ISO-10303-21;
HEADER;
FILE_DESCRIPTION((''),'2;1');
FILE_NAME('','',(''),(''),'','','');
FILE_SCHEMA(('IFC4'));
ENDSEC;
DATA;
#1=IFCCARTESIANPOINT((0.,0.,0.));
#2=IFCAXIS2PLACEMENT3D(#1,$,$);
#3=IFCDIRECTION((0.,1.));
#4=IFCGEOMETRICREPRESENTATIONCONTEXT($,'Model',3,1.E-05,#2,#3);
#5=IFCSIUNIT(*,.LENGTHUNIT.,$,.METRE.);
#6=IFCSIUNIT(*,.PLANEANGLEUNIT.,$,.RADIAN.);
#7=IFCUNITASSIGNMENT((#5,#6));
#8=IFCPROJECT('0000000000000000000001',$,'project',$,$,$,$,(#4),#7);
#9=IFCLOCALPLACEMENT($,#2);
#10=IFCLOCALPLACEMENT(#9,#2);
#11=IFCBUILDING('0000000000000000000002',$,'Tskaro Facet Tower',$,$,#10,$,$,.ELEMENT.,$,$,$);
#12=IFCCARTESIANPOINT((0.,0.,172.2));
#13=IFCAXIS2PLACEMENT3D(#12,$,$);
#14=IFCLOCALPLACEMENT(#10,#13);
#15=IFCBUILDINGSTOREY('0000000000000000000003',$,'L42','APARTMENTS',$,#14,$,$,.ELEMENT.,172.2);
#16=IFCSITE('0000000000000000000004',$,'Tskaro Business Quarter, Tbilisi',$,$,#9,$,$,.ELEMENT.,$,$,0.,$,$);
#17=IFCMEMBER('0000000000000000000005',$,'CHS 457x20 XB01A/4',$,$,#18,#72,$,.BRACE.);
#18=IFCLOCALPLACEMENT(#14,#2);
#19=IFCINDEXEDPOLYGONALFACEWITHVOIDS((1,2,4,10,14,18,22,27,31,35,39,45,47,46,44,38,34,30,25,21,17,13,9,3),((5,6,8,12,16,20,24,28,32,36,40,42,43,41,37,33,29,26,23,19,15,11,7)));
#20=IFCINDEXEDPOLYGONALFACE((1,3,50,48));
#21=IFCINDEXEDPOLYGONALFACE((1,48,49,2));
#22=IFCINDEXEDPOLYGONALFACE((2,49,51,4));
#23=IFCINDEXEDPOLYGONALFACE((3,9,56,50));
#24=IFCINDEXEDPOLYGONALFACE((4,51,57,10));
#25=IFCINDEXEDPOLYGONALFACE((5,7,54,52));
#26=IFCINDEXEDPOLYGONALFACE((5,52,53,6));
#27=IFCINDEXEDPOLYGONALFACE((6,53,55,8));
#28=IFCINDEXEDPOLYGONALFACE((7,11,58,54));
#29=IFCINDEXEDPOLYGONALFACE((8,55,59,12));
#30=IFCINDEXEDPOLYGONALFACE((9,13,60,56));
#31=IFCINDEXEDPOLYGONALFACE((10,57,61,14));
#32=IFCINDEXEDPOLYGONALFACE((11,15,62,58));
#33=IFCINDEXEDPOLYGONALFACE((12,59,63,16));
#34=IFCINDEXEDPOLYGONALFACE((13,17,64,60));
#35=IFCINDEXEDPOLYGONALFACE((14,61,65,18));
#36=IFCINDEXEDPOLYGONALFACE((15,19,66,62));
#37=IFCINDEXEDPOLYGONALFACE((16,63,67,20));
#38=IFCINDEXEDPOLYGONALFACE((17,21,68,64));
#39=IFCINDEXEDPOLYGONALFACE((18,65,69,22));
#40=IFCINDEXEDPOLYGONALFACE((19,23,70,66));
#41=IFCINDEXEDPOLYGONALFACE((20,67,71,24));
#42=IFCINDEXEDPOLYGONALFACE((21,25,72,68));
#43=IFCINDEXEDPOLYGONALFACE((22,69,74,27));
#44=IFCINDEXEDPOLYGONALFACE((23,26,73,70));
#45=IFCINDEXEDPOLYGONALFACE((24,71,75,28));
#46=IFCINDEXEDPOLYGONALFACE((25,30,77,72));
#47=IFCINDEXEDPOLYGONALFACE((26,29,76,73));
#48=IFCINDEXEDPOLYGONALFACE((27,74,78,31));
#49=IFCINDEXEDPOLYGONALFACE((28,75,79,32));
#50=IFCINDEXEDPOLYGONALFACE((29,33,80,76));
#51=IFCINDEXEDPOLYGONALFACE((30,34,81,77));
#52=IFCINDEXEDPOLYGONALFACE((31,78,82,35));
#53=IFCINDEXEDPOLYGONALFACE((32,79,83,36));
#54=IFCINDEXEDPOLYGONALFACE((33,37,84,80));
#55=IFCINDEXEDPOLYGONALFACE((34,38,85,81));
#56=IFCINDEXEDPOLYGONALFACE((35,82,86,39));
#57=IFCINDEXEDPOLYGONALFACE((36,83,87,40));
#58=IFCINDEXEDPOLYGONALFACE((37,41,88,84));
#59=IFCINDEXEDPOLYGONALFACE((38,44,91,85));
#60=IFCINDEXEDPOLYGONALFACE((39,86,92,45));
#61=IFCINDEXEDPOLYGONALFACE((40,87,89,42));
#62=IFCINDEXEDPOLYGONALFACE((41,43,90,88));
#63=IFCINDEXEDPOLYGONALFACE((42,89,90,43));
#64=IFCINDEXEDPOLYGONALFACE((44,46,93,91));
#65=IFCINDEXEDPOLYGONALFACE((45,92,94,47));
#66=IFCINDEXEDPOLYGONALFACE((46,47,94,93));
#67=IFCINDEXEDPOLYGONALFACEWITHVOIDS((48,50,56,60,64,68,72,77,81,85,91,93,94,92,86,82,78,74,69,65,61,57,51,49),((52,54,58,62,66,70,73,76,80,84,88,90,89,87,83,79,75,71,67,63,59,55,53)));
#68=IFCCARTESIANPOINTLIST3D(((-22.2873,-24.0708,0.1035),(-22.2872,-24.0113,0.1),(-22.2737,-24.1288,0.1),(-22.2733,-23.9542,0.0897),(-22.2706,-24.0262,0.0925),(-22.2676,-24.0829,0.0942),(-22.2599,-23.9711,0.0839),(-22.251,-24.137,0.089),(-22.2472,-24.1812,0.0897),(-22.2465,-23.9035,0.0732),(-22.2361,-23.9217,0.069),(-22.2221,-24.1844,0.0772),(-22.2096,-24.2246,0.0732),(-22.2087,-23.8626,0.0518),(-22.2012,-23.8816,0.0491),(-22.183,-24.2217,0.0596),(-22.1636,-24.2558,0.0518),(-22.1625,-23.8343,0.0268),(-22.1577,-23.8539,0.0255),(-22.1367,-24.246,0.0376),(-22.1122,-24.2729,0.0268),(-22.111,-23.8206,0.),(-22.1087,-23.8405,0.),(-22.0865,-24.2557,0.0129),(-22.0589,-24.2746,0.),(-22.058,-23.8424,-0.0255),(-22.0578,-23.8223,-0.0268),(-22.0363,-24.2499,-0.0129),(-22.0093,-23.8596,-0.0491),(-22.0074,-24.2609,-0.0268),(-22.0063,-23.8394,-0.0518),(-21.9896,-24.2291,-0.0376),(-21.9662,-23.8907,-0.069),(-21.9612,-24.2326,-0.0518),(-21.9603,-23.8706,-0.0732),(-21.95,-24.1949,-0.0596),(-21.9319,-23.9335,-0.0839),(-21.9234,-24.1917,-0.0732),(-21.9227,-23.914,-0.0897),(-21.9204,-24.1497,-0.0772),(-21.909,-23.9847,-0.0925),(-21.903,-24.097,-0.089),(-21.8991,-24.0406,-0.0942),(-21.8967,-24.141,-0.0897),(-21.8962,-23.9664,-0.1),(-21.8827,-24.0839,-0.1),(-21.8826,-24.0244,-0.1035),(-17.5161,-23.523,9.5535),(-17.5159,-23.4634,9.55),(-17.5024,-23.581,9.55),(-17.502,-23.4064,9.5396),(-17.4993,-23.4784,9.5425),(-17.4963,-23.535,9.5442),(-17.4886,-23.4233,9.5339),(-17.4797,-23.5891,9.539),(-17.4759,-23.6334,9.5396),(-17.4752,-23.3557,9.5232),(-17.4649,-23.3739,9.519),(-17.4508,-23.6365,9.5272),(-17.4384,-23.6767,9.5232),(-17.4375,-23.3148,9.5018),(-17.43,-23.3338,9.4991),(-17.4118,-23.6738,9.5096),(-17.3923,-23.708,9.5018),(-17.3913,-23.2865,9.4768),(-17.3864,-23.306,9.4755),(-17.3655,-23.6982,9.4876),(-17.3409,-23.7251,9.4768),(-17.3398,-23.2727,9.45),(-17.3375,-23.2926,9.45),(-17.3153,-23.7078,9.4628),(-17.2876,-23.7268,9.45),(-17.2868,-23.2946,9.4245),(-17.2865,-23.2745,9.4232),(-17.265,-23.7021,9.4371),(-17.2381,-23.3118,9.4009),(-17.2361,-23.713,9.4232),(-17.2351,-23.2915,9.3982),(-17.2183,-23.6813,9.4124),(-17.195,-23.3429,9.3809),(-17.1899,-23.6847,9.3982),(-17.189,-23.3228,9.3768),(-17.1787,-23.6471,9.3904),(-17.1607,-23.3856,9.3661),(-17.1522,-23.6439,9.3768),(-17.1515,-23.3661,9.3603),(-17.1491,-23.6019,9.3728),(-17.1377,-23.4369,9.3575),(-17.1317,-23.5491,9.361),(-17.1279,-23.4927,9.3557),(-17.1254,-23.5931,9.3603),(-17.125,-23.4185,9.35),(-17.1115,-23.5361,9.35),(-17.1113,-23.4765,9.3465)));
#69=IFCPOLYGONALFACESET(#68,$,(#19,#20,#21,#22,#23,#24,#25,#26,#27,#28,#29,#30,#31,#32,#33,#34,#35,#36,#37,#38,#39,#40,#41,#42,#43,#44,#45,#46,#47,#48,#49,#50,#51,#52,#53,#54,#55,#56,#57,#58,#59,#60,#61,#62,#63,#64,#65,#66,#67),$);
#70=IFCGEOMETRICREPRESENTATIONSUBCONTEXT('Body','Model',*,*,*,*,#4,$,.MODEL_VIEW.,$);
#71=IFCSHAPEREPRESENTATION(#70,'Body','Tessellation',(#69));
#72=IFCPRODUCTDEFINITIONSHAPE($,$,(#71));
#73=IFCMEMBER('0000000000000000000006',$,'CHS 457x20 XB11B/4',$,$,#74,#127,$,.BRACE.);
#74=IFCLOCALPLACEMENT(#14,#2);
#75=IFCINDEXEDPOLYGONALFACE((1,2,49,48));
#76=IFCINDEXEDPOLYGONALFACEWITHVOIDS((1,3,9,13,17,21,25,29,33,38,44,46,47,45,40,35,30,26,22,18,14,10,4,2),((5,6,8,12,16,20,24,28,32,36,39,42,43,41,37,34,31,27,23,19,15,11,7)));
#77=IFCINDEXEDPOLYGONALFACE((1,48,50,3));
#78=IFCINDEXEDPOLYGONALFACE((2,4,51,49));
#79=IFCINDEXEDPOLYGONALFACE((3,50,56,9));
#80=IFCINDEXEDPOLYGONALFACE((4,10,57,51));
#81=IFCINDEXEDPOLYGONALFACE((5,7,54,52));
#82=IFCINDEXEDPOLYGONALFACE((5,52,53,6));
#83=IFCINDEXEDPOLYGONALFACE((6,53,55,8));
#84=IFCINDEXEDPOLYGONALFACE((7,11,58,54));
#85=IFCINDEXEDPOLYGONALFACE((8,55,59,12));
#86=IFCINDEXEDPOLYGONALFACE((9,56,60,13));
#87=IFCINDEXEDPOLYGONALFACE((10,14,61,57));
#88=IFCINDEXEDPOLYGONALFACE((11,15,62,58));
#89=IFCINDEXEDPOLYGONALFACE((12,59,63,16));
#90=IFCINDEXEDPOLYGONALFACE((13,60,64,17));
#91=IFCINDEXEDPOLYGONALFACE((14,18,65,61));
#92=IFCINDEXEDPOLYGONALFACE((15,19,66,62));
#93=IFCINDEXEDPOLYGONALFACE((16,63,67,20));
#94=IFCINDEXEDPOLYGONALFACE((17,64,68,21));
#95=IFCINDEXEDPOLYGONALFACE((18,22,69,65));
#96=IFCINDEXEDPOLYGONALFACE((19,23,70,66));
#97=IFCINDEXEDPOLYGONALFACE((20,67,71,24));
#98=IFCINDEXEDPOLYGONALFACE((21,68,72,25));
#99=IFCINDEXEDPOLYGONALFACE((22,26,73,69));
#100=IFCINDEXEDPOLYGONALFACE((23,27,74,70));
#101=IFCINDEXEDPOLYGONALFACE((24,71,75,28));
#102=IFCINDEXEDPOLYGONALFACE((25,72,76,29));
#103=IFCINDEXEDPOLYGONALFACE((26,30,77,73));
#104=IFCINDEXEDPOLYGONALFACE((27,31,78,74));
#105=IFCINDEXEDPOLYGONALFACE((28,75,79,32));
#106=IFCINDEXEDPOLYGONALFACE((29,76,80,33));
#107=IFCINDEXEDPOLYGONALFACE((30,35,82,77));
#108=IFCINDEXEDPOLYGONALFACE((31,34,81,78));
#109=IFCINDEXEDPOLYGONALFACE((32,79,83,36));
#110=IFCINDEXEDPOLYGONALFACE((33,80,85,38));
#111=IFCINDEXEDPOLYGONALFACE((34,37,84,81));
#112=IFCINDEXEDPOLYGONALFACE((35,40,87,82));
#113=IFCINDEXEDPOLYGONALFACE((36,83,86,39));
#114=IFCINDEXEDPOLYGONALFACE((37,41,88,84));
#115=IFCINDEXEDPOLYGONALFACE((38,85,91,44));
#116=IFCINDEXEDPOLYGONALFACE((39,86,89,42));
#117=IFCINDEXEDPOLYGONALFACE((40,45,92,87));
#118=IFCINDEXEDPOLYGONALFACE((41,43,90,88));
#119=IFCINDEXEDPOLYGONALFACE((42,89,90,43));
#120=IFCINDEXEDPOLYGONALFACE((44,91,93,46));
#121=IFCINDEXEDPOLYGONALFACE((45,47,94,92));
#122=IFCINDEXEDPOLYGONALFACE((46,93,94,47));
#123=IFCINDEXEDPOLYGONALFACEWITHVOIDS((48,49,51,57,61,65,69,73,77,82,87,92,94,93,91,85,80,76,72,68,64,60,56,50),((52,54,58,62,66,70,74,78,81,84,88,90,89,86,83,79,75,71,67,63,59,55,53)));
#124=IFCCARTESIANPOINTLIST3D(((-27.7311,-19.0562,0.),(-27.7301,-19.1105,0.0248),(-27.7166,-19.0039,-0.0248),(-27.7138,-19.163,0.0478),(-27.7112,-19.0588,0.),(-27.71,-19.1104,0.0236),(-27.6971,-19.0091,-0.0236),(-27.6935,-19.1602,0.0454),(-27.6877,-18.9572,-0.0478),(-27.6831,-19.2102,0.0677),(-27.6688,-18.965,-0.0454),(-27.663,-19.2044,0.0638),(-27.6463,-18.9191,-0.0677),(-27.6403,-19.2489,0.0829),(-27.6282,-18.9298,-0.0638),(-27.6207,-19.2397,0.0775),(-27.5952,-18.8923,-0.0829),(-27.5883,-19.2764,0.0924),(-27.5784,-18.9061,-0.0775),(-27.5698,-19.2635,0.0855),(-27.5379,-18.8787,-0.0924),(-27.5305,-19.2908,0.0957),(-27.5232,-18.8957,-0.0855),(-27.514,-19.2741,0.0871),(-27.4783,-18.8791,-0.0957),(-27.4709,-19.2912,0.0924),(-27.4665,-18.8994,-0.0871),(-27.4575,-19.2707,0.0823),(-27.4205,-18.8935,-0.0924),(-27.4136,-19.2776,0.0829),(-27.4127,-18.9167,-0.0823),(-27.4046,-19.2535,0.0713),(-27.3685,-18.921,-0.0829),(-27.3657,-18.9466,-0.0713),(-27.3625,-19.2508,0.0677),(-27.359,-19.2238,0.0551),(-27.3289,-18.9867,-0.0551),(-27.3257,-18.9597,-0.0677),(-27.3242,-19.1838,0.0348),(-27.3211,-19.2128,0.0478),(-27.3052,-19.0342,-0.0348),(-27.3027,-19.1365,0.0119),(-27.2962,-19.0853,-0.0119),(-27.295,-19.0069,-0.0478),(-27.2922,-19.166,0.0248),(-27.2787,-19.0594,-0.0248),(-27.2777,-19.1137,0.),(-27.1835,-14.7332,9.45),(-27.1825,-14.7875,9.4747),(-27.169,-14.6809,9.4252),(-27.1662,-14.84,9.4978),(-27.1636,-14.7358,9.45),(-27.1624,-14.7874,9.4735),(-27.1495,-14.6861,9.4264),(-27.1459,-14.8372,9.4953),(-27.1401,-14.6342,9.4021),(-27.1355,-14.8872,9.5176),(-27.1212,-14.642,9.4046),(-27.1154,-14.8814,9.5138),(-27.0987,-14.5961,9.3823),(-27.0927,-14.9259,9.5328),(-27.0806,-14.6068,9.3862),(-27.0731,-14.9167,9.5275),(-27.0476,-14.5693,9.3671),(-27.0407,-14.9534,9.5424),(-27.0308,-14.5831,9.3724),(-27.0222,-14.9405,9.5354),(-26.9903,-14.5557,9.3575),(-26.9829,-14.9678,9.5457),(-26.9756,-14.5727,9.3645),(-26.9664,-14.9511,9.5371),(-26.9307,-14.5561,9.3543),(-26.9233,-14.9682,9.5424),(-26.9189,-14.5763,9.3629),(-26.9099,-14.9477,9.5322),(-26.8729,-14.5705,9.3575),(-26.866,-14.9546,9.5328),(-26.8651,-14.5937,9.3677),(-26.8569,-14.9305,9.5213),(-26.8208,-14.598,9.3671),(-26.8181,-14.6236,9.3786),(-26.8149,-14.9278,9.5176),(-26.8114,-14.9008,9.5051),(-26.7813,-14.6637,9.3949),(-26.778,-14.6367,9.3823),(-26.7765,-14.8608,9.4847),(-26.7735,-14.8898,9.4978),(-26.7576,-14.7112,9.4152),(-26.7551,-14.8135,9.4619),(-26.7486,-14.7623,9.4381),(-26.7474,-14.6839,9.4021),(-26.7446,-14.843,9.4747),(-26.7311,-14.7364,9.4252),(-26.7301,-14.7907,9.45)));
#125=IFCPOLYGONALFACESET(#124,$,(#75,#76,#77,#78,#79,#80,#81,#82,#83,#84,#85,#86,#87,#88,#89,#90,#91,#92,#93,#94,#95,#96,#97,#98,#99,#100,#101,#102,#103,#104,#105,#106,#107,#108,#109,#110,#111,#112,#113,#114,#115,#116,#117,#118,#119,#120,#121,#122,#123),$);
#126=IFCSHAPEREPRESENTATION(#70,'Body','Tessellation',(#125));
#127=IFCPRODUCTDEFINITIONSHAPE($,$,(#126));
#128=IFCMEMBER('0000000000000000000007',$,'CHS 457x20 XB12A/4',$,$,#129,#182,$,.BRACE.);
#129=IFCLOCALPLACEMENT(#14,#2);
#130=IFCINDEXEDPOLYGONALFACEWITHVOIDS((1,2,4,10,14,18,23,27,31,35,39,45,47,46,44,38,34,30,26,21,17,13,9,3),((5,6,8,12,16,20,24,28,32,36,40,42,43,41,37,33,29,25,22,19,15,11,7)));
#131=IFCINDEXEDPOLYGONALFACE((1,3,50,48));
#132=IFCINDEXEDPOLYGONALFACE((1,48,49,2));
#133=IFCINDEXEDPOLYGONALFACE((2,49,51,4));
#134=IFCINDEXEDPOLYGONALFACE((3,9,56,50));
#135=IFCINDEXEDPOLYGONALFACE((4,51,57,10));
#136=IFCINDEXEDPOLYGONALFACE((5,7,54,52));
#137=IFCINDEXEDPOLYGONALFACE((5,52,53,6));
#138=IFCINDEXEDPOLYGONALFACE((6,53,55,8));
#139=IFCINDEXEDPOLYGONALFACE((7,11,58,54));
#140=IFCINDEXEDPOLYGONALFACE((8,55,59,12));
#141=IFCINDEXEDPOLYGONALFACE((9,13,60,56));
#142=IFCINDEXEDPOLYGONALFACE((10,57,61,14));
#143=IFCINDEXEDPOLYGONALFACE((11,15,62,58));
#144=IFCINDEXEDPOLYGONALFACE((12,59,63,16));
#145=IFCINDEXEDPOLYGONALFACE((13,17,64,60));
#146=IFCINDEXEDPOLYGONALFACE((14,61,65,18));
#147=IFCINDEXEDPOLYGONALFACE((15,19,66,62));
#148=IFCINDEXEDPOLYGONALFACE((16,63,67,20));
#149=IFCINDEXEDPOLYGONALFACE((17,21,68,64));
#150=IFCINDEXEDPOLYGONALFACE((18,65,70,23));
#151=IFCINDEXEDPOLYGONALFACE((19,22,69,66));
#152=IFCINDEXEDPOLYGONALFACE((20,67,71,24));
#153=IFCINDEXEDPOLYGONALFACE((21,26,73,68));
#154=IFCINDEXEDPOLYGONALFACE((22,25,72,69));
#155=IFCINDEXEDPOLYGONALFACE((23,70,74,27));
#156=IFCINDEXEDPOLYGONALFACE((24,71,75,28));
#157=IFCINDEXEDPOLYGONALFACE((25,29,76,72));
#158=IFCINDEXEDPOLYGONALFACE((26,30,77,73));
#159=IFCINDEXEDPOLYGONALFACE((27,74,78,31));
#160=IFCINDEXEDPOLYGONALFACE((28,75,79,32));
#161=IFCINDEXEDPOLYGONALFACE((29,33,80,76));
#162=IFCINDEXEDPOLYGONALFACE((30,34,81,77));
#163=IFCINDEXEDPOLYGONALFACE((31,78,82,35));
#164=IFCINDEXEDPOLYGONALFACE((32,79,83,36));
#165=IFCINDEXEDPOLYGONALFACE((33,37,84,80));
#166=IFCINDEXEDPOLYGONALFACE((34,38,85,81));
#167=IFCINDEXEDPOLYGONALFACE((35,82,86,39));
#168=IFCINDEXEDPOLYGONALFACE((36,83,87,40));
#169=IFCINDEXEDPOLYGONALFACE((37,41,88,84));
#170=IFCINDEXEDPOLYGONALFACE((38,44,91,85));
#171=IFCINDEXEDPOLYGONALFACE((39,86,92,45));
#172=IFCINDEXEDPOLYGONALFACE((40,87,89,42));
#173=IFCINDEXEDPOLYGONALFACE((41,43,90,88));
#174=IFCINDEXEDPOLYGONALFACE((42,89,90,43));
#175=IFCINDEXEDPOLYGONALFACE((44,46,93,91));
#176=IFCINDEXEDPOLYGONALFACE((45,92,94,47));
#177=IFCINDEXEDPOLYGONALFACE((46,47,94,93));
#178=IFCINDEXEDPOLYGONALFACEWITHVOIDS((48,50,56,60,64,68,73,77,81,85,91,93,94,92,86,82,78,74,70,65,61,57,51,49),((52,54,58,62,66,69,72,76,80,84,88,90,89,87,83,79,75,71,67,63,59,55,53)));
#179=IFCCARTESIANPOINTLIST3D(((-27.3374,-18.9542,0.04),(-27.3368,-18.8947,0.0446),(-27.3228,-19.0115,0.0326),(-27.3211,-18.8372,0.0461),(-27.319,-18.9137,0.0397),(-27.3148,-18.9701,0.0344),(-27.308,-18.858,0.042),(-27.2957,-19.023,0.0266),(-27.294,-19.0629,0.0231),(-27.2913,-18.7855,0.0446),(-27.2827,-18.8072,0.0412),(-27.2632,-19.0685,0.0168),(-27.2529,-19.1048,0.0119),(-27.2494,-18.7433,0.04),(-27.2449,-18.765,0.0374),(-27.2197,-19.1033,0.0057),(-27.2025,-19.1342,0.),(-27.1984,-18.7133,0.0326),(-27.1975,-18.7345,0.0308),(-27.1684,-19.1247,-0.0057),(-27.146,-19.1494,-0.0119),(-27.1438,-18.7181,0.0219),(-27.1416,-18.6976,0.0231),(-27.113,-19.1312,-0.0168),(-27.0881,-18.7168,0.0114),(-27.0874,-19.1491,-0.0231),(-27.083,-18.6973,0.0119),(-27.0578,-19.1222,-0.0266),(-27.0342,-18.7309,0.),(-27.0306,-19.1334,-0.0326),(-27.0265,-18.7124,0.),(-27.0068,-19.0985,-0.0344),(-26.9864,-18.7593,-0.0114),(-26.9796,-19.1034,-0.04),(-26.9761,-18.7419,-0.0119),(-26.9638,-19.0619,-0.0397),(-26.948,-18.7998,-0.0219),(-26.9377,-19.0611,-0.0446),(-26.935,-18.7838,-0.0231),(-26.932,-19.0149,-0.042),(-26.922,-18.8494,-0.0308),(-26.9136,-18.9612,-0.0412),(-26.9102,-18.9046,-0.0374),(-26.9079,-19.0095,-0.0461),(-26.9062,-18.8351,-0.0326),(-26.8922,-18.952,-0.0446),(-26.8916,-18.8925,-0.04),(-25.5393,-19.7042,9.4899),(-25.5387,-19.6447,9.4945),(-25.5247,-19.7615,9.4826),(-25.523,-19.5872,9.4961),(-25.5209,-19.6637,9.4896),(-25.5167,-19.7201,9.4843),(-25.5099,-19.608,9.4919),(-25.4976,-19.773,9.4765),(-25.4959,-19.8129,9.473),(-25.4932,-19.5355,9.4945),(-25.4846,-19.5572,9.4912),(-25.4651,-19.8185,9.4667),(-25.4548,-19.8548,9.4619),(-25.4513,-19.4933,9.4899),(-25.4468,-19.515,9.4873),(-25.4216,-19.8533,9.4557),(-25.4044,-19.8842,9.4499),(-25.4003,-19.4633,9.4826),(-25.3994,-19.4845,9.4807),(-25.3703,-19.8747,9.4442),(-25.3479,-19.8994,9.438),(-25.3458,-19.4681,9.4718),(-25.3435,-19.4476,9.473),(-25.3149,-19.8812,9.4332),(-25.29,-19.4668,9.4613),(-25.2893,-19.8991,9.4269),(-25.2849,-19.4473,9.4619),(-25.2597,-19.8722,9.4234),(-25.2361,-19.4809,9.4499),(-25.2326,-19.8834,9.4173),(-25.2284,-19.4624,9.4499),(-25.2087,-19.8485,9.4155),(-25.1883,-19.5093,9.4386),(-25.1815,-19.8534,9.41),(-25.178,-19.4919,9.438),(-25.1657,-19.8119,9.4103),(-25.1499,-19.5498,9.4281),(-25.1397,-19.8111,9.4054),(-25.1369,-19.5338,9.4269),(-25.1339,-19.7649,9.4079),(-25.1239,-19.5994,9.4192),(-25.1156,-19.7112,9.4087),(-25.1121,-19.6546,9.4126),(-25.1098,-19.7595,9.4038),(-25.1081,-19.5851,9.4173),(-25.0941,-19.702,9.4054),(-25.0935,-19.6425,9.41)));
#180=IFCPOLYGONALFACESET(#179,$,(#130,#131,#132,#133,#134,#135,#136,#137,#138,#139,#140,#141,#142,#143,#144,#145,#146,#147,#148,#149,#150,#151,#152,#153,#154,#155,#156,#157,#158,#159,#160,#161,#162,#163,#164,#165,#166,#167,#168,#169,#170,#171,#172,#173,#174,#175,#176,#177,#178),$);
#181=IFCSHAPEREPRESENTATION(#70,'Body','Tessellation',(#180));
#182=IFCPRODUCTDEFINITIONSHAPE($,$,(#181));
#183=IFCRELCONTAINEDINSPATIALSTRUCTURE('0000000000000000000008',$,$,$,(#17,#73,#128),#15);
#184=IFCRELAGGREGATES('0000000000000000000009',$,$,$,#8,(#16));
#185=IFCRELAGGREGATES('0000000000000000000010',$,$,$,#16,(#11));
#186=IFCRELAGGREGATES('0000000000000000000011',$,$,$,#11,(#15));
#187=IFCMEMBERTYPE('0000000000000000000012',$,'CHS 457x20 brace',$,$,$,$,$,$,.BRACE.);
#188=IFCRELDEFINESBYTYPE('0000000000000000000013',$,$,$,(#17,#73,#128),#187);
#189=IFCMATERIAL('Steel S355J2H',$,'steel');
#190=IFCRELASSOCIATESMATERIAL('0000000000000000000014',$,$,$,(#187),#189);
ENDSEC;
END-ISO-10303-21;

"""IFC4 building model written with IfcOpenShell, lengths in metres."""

from ifc_helpers import new_model, si_unit, direction, frame, origin, origin_2d, place, context, subcontext, project, spatial, hollow_circle, extrude, material, material_profile, profile_set, type_object, element, save


model = new_model("IFC4")

# Units and contexts
model_context = context("Model", 3, precision=1e-05, world=origin(), true_north=direction((0.0, 1.0)))
body_context = subcontext(model_context, "Body", "Model", "MODEL_VIEW")
ifc_project = project(units=[si_unit("LENGTHUNIT", "METRE"), si_unit("PLANEANGLEUNIT", "RADIAN")], contexts=[model_context])

# Site, building, storey
site_placement = place(None, origin())
site = spatial("IfcSite", under=ifc_project, at=site_placement, Name="Tskaro Business Quarter, Tbilisi", CompositionType="ELEMENT", RefElevation=0.0)
building_placement = place(site_placement, origin())
building = spatial("IfcBuilding", under=site, at=building_placement, Name="Tskaro Facet Tower", CompositionType="ELEMENT")
storey_placement = place(building_placement, frame((0.0, 0.0, 172.2)))
storey = spatial("IfcBuildingStorey", under=building, at=storey_placement, Name="L42", Description="APARTMENTS", CompositionType="ELEMENT", Elevation=172.2)

# Shared definitions
ifc_material_1 = material(Name="Steel S355J2H", Category="steel")

# Members
ifc_material_profile_1 = material_profile(ifc_material_1, hollow_circle(Radius=0.2285, WallThickness=0.02, at=origin_2d()), Name="CHS 457x20")
ifc_profile_set_1 = profile_set([ifc_material_profile_1], Name="Steel S355J2H")
member_type_1 = type_object("IfcMemberType", Name="CHS 457x20 brace", PredefinedType="BRACE", material=ifc_profile_set_1)
member_1_placement = place(storey_placement, frame((-22.085, -24.0476, 0.0), z_axis=(0.450104, 0.051683, 0.891479), x_axis=(-0.114074, 0.993472, 0.0)))
element("IfcMember", 1, at=member_1_placement, inside=storey, type_object=member_type_1, Name="CHS 457x20 XB01A/4", PredefinedType="BRACE", context=body_context, shape_type="SweptSolid", body=[
    extrude(hollow_circle(Radius=0.2285, WallThickness=0.02, at=origin_2d()), origin(), (0.0, 0.0, 1.0), 10.6003),
])
member_2_placement = place(storey_placement, frame((-27.5044, -19.085, 0.0), z_axis=(0.052623, 0.415424, 0.908105), x_axis=(-0.992072, 0.125669, 0.0)))
element("IfcMember", 2, at=member_2_placement, inside=storey, type_object=member_type_1, Name="CHS 457x20 XB11B/4", PredefinedType="BRACE", context=body_context, shape_type="SweptSolid", body=[
    extrude(hollow_circle(Radius=0.2285, WallThickness=0.02, at=origin_2d()), origin(), (0.0, 0.0, 1.0), 10.4062),
])
for number, where, z_axis, x_axis, name in (
    (3, (-27.1145, -18.9233, 0.0), (0.186356, -0.077731, 0.979402), (0.384962, 0.922932, 0.0), "CHS 457x20 XB12A/4"),
):
    element("IfcMember", number, at=place(storey_placement, frame(where, z_axis=z_axis, x_axis=x_axis)), inside=storey, type_object=member_type_1, Name=name, PredefinedType="BRACE", context=body_context, shape_type="SweptSolid", body=[
        extrude(hollow_circle(Radius=0.2285, WallThickness=0.02, at=origin_2d()), origin(), (0.0, 0.0, 1.0), 9.6487),
    ])

save(model, "model.ifc")
